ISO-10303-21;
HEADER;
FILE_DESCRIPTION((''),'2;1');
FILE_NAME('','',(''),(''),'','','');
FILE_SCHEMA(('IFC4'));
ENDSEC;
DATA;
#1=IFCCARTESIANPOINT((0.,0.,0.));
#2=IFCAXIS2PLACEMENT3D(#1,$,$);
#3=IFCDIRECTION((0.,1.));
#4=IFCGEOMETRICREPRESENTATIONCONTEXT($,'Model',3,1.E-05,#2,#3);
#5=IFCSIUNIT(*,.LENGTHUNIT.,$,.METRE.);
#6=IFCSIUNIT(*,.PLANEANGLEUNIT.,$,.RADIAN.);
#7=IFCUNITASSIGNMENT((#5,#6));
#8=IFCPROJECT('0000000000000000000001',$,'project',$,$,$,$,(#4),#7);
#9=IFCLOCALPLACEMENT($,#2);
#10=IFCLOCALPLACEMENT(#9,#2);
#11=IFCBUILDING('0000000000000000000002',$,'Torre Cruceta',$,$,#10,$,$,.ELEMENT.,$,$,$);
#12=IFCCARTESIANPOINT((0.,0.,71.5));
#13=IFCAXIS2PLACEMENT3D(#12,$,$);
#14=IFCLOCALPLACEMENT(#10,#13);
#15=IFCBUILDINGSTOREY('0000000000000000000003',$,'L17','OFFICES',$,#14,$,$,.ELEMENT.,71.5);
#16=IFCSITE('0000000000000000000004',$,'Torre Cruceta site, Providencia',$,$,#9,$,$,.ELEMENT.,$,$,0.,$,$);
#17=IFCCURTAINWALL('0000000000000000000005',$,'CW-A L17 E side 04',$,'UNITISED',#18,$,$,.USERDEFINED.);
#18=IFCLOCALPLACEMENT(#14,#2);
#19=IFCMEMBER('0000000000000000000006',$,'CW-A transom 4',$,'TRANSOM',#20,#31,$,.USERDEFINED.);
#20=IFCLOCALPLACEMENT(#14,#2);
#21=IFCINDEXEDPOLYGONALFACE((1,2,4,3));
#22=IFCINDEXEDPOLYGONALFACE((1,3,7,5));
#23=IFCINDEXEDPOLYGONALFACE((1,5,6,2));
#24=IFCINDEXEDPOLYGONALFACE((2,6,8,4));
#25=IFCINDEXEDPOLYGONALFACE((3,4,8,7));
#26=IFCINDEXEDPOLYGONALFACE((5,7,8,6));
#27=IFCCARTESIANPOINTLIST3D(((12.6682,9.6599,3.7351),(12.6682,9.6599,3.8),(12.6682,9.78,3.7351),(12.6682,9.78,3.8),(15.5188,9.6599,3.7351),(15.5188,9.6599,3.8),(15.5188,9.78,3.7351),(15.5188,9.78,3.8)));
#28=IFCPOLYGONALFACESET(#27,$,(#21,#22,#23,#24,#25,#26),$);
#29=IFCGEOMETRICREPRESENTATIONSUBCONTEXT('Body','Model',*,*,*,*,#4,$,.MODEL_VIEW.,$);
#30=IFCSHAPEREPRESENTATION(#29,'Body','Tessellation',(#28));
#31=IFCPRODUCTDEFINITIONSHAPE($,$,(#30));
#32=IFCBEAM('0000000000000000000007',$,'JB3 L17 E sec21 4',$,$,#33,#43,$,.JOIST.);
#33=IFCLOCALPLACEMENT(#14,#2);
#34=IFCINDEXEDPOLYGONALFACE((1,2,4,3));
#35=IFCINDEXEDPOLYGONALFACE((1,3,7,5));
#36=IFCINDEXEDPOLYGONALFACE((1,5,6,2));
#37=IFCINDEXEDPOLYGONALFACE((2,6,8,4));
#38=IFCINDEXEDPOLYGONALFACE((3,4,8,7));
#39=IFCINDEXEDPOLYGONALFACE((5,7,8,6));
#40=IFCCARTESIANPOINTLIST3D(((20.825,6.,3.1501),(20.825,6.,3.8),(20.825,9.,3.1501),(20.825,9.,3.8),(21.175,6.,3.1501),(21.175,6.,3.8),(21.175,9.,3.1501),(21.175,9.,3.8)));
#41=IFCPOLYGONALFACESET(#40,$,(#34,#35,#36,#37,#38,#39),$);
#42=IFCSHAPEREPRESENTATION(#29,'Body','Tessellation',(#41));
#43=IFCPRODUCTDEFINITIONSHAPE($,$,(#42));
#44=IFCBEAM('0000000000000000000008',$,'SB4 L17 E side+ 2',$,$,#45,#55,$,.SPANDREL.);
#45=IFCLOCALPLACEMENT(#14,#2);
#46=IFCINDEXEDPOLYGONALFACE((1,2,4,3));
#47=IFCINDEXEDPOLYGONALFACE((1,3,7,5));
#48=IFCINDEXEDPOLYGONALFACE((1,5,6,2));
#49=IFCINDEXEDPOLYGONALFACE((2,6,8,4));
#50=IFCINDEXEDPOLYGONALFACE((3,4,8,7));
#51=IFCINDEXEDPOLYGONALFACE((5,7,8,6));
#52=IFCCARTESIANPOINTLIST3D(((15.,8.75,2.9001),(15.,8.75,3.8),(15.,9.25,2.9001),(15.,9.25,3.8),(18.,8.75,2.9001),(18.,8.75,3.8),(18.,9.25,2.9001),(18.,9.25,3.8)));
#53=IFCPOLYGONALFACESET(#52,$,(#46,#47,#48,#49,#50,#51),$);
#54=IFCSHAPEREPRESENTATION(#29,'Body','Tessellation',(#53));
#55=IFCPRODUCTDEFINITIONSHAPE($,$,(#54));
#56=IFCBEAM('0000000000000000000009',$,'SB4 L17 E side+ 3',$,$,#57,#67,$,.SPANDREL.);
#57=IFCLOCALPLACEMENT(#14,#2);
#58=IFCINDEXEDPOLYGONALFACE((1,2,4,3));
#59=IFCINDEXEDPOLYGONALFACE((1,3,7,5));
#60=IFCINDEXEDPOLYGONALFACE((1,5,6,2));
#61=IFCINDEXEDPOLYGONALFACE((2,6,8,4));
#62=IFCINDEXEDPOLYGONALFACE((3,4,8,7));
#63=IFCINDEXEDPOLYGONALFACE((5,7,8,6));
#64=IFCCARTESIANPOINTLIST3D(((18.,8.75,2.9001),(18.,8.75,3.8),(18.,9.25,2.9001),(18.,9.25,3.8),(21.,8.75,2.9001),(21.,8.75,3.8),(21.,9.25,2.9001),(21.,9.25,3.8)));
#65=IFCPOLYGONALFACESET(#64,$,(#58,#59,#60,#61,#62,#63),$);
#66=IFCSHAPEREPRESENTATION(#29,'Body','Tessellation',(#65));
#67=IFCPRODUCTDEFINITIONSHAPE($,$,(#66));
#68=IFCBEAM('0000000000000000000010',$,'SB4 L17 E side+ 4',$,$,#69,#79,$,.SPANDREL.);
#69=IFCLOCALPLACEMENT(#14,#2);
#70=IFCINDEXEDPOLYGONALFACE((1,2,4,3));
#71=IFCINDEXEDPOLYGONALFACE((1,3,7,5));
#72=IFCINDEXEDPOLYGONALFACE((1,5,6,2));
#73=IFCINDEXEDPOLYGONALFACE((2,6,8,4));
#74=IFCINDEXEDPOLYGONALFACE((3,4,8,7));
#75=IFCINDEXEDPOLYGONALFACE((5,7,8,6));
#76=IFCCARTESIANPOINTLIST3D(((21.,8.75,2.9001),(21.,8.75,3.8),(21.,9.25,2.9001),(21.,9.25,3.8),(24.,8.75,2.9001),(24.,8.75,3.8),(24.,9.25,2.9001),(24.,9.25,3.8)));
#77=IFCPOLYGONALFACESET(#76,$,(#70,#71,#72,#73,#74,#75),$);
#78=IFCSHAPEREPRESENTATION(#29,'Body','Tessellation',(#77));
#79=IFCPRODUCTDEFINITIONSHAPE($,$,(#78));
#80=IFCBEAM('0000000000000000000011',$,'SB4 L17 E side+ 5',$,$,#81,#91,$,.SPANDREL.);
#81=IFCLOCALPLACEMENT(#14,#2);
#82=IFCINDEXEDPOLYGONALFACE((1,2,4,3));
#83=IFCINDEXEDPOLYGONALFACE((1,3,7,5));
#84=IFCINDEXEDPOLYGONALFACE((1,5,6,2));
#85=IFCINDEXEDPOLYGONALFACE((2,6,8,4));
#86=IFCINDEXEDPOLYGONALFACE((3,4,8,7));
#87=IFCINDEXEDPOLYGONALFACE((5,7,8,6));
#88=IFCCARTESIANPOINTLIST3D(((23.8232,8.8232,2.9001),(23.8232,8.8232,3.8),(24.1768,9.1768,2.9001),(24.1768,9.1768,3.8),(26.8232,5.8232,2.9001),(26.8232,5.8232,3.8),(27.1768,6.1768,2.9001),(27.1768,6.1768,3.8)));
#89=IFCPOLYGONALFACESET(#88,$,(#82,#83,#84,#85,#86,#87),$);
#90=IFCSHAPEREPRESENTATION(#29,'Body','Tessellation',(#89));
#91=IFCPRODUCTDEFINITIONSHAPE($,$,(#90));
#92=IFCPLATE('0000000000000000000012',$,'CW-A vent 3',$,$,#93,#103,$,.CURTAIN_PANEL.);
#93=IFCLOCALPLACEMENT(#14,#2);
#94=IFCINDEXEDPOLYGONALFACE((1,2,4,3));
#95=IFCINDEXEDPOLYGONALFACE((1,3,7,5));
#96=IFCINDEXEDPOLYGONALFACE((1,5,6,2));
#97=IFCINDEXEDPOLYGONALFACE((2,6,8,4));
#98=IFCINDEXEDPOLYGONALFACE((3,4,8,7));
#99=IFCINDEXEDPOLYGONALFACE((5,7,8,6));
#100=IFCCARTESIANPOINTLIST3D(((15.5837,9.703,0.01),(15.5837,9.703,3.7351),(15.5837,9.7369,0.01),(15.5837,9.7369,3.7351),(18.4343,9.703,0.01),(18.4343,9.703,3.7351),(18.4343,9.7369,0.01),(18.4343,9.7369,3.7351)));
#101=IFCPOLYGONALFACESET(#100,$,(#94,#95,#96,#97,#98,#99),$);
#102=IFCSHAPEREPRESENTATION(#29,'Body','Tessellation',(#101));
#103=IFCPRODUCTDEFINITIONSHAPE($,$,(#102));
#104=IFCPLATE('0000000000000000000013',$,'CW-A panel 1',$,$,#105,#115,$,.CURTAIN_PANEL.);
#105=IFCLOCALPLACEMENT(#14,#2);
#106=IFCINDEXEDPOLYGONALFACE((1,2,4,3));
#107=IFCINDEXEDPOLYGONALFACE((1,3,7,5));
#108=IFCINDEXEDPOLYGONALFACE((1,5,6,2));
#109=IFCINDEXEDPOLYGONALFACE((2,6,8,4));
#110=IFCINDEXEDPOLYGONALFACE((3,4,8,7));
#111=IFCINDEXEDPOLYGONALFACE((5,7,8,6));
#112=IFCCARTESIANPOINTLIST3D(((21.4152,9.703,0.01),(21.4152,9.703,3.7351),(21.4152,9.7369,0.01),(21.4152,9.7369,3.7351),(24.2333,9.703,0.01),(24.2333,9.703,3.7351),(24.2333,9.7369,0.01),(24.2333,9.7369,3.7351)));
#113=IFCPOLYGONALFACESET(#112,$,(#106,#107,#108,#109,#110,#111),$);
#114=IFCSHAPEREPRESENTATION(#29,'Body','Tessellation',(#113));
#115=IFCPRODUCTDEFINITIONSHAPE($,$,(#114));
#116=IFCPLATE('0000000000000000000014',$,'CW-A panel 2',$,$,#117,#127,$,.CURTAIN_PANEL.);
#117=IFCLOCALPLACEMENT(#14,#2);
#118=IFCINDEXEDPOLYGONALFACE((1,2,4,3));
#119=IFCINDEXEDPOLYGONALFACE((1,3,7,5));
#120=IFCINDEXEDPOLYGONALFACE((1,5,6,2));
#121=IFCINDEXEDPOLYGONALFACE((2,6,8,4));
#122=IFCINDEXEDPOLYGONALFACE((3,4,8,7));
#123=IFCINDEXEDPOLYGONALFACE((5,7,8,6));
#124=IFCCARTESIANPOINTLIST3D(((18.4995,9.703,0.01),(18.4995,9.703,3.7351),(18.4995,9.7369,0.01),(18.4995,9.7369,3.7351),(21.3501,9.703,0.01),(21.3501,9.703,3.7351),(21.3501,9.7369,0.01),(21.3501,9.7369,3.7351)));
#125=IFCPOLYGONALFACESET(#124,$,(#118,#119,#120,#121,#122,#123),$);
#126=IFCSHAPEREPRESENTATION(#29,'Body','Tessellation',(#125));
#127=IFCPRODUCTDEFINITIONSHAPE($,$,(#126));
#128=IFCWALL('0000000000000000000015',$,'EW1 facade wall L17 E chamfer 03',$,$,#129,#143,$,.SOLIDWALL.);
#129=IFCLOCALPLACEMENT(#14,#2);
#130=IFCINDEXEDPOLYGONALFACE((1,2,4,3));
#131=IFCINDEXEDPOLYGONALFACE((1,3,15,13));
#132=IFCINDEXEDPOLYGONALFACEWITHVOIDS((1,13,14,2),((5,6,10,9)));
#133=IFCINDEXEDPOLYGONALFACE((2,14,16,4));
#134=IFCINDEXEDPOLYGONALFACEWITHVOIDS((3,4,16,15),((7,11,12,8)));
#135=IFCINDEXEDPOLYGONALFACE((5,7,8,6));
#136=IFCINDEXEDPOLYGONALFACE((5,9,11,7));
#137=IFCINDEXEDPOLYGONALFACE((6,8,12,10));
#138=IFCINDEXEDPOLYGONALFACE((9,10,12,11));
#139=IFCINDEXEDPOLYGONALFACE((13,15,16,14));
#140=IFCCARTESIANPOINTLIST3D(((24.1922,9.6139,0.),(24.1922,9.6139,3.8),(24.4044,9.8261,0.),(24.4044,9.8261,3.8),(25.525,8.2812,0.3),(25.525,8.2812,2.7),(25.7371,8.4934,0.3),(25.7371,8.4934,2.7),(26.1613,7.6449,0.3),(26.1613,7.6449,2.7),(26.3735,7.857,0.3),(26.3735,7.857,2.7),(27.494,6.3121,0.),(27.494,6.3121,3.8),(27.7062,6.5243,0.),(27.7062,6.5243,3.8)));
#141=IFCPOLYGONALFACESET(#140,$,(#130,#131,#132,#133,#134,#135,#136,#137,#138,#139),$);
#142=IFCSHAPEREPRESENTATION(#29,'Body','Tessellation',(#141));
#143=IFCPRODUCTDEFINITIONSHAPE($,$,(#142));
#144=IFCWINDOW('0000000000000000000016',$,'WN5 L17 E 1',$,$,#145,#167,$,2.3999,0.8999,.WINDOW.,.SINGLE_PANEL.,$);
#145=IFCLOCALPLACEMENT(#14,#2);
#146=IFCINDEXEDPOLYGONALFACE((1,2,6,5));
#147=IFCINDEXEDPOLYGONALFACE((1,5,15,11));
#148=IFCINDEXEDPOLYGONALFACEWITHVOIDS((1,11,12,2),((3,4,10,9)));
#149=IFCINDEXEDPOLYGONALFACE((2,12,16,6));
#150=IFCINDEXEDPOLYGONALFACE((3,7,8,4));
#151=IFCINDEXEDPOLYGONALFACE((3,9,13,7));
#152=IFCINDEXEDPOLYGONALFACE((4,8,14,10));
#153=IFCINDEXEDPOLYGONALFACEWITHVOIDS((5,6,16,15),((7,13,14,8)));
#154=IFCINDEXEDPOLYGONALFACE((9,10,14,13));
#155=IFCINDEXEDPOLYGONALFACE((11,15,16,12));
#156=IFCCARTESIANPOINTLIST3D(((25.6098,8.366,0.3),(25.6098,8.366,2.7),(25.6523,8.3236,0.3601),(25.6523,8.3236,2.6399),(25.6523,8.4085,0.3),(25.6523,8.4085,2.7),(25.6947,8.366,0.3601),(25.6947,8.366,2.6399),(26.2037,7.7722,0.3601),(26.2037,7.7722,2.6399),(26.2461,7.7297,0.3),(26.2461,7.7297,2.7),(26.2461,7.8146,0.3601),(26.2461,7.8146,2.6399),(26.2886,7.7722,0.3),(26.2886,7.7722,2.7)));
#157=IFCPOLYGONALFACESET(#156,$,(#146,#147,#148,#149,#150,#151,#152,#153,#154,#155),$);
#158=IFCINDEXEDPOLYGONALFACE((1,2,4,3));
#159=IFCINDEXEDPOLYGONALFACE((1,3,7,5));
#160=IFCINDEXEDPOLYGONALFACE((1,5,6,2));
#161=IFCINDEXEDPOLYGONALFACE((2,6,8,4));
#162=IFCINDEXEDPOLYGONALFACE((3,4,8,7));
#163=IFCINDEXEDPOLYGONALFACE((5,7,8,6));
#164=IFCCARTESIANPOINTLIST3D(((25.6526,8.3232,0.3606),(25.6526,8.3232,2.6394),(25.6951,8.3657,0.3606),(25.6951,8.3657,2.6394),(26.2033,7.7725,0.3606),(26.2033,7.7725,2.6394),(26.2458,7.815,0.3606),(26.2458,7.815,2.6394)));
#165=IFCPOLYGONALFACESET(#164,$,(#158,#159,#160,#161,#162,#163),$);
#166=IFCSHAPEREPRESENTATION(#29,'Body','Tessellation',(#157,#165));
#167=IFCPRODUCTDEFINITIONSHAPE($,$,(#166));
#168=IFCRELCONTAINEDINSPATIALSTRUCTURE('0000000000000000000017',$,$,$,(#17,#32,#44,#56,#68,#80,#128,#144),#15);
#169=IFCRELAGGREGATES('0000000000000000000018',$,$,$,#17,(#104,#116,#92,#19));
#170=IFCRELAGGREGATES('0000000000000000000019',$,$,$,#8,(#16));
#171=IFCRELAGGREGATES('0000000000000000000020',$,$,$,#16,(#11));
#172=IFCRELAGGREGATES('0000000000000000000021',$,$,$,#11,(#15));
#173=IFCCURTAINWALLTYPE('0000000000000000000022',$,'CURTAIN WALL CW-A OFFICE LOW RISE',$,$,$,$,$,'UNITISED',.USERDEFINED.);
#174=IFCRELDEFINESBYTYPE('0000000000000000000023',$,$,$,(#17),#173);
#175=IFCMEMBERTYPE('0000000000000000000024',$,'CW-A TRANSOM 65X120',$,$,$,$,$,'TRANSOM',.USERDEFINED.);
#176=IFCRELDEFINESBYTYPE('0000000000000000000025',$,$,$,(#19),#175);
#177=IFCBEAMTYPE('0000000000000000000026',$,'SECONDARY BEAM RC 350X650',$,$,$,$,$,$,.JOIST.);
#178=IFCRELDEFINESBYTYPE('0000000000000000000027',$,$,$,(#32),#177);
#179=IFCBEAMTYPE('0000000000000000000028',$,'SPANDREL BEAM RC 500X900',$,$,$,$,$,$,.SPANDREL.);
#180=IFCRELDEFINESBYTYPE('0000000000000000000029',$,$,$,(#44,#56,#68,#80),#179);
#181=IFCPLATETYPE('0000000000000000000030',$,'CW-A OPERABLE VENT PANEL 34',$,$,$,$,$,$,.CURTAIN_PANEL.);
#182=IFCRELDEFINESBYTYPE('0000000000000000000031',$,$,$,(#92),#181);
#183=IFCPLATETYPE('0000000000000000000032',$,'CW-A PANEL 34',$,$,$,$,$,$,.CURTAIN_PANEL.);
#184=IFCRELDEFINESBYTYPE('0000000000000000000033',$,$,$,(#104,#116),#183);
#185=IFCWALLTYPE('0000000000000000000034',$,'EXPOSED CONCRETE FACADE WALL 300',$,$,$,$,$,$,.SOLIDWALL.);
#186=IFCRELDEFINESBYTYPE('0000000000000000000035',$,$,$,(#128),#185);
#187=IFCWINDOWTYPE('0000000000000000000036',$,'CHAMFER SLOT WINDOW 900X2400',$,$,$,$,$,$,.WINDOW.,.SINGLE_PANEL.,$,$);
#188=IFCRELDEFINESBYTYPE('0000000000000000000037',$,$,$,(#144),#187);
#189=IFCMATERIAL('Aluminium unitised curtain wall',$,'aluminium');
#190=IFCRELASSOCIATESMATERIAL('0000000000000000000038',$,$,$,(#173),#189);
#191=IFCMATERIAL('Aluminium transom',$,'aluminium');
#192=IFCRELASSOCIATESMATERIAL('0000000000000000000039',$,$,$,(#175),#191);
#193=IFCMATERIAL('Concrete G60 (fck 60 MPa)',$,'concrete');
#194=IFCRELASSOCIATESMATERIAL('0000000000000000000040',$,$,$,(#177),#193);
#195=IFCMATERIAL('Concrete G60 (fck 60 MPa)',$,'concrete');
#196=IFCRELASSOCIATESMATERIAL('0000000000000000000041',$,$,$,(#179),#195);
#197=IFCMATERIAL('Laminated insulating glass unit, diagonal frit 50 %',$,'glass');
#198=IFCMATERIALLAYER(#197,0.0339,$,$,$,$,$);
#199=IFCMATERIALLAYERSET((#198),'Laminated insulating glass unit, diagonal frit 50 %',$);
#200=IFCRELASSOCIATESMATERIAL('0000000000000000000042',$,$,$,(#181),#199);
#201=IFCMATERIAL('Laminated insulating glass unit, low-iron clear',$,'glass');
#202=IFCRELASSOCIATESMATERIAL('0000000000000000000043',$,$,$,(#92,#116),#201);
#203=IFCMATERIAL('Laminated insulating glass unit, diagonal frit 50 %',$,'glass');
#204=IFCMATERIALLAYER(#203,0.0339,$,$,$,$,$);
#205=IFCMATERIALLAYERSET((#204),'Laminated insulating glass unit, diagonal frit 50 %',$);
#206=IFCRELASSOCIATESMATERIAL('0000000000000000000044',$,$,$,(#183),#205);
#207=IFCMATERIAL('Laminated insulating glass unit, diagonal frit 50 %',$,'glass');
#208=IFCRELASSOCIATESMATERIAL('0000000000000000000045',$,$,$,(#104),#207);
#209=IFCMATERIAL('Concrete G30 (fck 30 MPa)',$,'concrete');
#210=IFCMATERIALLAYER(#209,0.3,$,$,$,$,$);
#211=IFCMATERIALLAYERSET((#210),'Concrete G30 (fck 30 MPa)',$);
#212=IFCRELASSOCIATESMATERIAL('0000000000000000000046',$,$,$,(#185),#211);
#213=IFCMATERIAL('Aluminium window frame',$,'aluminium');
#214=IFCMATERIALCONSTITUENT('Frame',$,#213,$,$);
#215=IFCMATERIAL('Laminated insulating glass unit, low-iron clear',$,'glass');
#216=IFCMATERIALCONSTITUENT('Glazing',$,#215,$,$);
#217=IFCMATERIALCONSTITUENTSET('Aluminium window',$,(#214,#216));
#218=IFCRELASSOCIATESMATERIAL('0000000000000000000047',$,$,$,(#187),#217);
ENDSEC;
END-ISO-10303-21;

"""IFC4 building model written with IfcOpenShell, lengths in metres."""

from ifc_helpers import new_model, si_unit, direction, frame, frame_2d, origin, origin_2d, place, context, subcontext, project, spatial, rectangle, hollow_rectangle, extrude, material, layer, layer_set, constituent, constituent_set, material_profile, profile_set, type_object, element, fill, aggregate, save


model = new_model("IFC4")

# Units and contexts
model_context = context("Model", 3, precision=1e-05, world=origin(), true_north=direction((0.0, 1.0)))
body_context = subcontext(model_context, "Body", "Model", "MODEL_VIEW")
ifc_project = project(units=[si_unit("LENGTHUNIT", "METRE"), si_unit("PLANEANGLEUNIT", "RADIAN")], contexts=[model_context])

# Site, building, storey
site_placement = place(None, origin())
site = spatial("IfcSite", under=ifc_project, at=site_placement, Name="Torre Cruceta site, Providencia", CompositionType="ELEMENT", RefElevation=0.0)
building_placement = place(site_placement, origin())
building = spatial("IfcBuilding", under=site, at=building_placement, Name="Torre Cruceta", CompositionType="ELEMENT")
storey_placement = place(building_placement, frame((0.0, 0.0, 71.5)))
storey = spatial("IfcBuildingStorey", under=building, at=storey_placement, Name="L17", Description="OFFICES", CompositionType="ELEMENT", Elevation=71.5)

# Curtain wall, member
ifc_material_1 = material(Name="Aluminium unitised curtain wall", Category="aluminium")
curtain_wall_type = type_object("IfcCurtainWallType", Name="CURTAIN WALL CW-A OFFICE LOW RISE", ElementType="UNITISED", PredefinedType="USERDEFINED", material=ifc_material_1)
curtain_wall_placement = place(storey_placement, origin())
curtain_wall = element("IfcCurtainWall", 1, at=curtain_wall_placement, inside=storey, type_object=curtain_wall_type, Name="CW-A L17 E side 04", ObjectType="UNITISED", PredefinedType="USERDEFINED")
ifc_material_2 = material(Name="Aluminium transom", Category="aluminium")
ifc_material_profile_1 = material_profile(ifc_material_2, rectangle(XDim=0.1201, YDim=0.0649, at=origin_2d()), Name="AL 120X65")
ifc_profile_set_1 = profile_set([ifc_material_profile_1], Name="Aluminium transom")
member_type_1 = type_object("IfcMemberType", Name="CW-A TRANSOM 65X120", ElementType="TRANSOM", PredefinedType="USERDEFINED", material=ifc_profile_set_1)
member_1_placement = place(storey_placement, frame((15.5188, 9.72, 3.7676), z_axis=(-1.0, 0.0, 0.0), x_axis=(0.0, -1.0, 0.0)))
member_1 = element("IfcMember", 2, at=member_1_placement, type_object=member_type_1, Name="CW-A transom 4", ObjectType="TRANSOM", PredefinedType="USERDEFINED", context=body_context, shape_type="SweptSolid", body=[
    extrude(rectangle(XDim=0.1201, YDim=0.0649, at=origin_2d()), origin(), (0.0, 0.0, 1.0), 2.8506),
])

# Beams
ifc_material_3 = material(Name="Concrete G60 (fck 60 MPa)", Category="concrete")
ifc_material_profile_2 = material_profile(ifc_material_3, rectangle(XDim=0.3501, YDim=0.6499, at=origin_2d()), Name="RC 350X650")
ifc_profile_set_2 = profile_set([ifc_material_profile_2], Name="Concrete G60 (fck 60 MPa)")
beam_type_1 = type_object("IfcBeamType", Name="SECONDARY BEAM RC 350X650", PredefinedType="JOIST", material=ifc_profile_set_2)
beam_1_placement = place(storey_placement, frame((21.0, 6.0, 3.4751), z_axis=(0.0, 1.0, 0.0), x_axis=(-1.0, 0.0, 0.0)))
element("IfcBeam", 3, at=beam_1_placement, inside=storey, type_object=beam_type_1, Name="JB3 L17 E sec21 4", PredefinedType="JOIST", context=body_context, shape_type="SweptSolid", body=[
    extrude(rectangle(XDim=0.3501, YDim=0.6499, at=origin_2d()), origin(), (0.0, 0.0, 1.0), 3.0),
])
ifc_material_4 = material(Name="Concrete G60 (fck 60 MPa)", Category="concrete")
ifc_material_profile_3 = material_profile(ifc_material_4, rectangle(XDim=0.5, YDim=0.8999, at=origin_2d()), Name="RC 500X900")
ifc_profile_set_3 = profile_set([ifc_material_profile_3], Name="Concrete G60 (fck 60 MPa)")
beam_type_2 = type_object("IfcBeamType", Name="SPANDREL BEAM RC 500X900", PredefinedType="SPANDREL", material=ifc_profile_set_3)
for number, where, z_axis, x_axis, name in (
    (4, (15.0, 9.0, 3.3501), (1.0, 0.0, 0.0), (0.0, 1.0, 0.0), "SB4 L17 E side+ 2"),
    (5, (18.0, 9.0, 3.3501), (1.0, 0.0, 0.0), (0.0, 1.0, 0.0), "SB4 L17 E side+ 3"),
    (6, (21.0, 9.0, 3.3501), (1.0, 0.0, 0.0), (0.0, 1.0, 0.0), "SB4 L17 E side+ 4"),
):
    element("IfcBeam", number, at=place(storey_placement, frame(where, z_axis=z_axis, x_axis=x_axis)), inside=storey, type_object=beam_type_2, Name=name, PredefinedType="SPANDREL", context=body_context, shape_type="SweptSolid", body=[
        extrude(rectangle(XDim=0.5, YDim=0.8999, at=origin_2d()), origin(), (0.0, 0.0, 1.0), 3.0),
    ])
beam_2_placement = place(storey_placement, frame((24.0, 9.0, 3.3501), z_axis=(0.707107, -0.707107, 0.0), x_axis=(0.707107, 0.707107, 0.0)))
element("IfcBeam", 7, at=beam_2_placement, inside=storey, type_object=beam_type_2, Name="SB4 L17 E side+ 5", PredefinedType="SPANDREL", context=body_context, shape_type="SweptSolid", body=[
    extrude(rectangle(XDim=0.5, YDim=0.8999, at=origin_2d()), origin(), (0.0, 0.0, 1.0), 4.2427),
])

# Plates
ifc_material_5 = material(Name="Laminated insulating glass unit, low-iron clear", Category="glass")
ifc_material_6 = material(Name="Laminated insulating glass unit, diagonal frit 50 %", Category="glass")
ifc_layer_1 = layer(ifc_material_6, 0.0339)
ifc_layer_set_1 = layer_set([ifc_layer_1], Name="Laminated insulating glass unit, diagonal frit 50 %")
plate_type_1 = type_object("IfcPlateType", Name="CW-A OPERABLE VENT PANEL 34", PredefinedType="CURTAIN_PANEL", material=ifc_layer_set_1)
plate_1_placement = place(storey_placement, frame((17.009, 9.72, 0.01), z_axis=(0.0, 0.0, 1.0), x_axis=(-1.0, 0.0, 0.0)))
plate_1 = element("IfcPlate", 8, at=plate_1_placement, type_object=plate_type_1, material=ifc_material_5, Name="CW-A vent 3", PredefinedType="CURTAIN_PANEL", context=body_context, shape_type="SweptSolid", body=[
    extrude(rectangle(XDim=2.8506, YDim=0.0339, at=origin_2d()), origin(), (0.0, 0.0, 1.0), 3.7251),
])
ifc_material_7 = material(Name="Laminated insulating glass unit, diagonal frit 50 %", Category="glass")
ifc_material_8 = material(Name="Laminated insulating glass unit, diagonal frit 50 %", Category="glass")
ifc_layer_2 = layer(ifc_material_8, 0.0339)
ifc_layer_set_2 = layer_set([ifc_layer_2], Name="Laminated insulating glass unit, diagonal frit 50 %")
plate_type_2 = type_object("IfcPlateType", Name="CW-A PANEL 34", PredefinedType="CURTAIN_PANEL", material=ifc_layer_set_2)
plate_2_placement = place(storey_placement, frame((22.8242, 9.72, 0.01), z_axis=(0.0, 0.0, 1.0), x_axis=(-1.0, 0.0, 0.0)))
plate_2 = element("IfcPlate", 9, at=plate_2_placement, type_object=plate_type_2, material=ifc_material_7, Name="CW-A panel 1", PredefinedType="CURTAIN_PANEL", context=body_context, shape_type="SweptSolid", body=[
    extrude(rectangle(XDim=2.8181, YDim=0.0339, at=origin_2d()), origin(), (0.0, 0.0, 1.0), 3.7251),
])
plate_3_placement = place(storey_placement, frame((19.9248, 9.72, 0.01), z_axis=(0.0, 0.0, 1.0), x_axis=(-1.0, 0.0, 0.0)))
plate_3 = element("IfcPlate", 10, at=plate_3_placement, type_object=plate_type_2, material=ifc_material_5, Name="CW-A panel 2", PredefinedType="CURTAIN_PANEL", context=body_context, shape_type="SweptSolid", body=[
    extrude(rectangle(XDim=2.8506, YDim=0.0339, at=origin_2d()), origin(), (0.0, 0.0, 1.0), 3.7251),
])
aggregate(curtain_wall, [plate_2, plate_3, plate_1, member_1])

# Wall, opening, window
ifc_material_9 = material(Name="Concrete G30 (fck 30 MPa)", Category="concrete")
ifc_layer_3 = layer(ifc_material_9, 0.3)
ifc_layer_set_3 = layer_set([ifc_layer_3], Name="Concrete G30 (fck 30 MPa)")
wall_type_1 = type_object("IfcWallType", Name="EXPOSED CONCRETE FACADE WALL 300", PredefinedType="SOLIDWALL", material=ifc_layer_set_3)
wall_1_placement = place(storey_placement, frame((27.6001, 6.4182, 0.0), z_axis=(0.0, 0.0, 1.0), x_axis=(-0.707107, 0.707107, 0.0)))
wall_1 = element("IfcWall", 11, at=wall_1_placement, inside=storey, type_object=wall_type_1, Name="EW1 facade wall L17 E chamfer 03", PredefinedType="SOLIDWALL", context=body_context, shape_type="SweptSolid", body=[
    extrude(rectangle(XDim=4.6694, YDim=0.3, at=frame_2d((2.3347, 0.0))), origin(), (0.0, 0.0, 1.0), 3.8),
])
opening_1_placement = place(wall_1_placement, frame((1.8848, 0.0, 0.3)))
opening_1 = element("IfcOpeningElement", 12, at=opening_1_placement, cuts=wall_1, PredefinedType="OPENING", context=body_context, shape_type="SweptSolid", body=[
    extrude(rectangle(XDim=0.8999, YDim=2.3999, at=frame_2d((0.45, 1.2))), frame((0.0, 0.1599, 0.0), z_axis=(0.0, -1.0, 0.0), x_axis=(1.0, 0.0, 0.0)), (0.0, 0.0, 1.0), 0.3201),
])
ifc_material_10 = material(Name="Aluminium window frame", Category="aluminium")
ifc_constituent_1 = constituent(ifc_material_10, Name="Frame")
ifc_material_11 = material(Name="Laminated insulating glass unit, low-iron clear", Category="glass")
ifc_constituent_2 = constituent(ifc_material_11, Name="Glazing")
ifc_constituent_set_1 = constituent_set(constituents=[ifc_constituent_1, ifc_constituent_2], Name="Aluminium window")
window_type = type_object("IfcWindowType", Name="CHAMFER SLOT WINDOW 900X2400", PartitioningType="SINGLE_PANEL", PredefinedType="WINDOW", material=ifc_constituent_set_1)
window_placement = place(opening_1_placement, origin())
window = element("IfcWindow", 13, at=window_placement, inside=storey, type_object=window_type, Name="WN5 L17 E 1", OverallHeight=2.3999, OverallWidth=0.8999, PartitioningType="SINGLE_PANEL", PredefinedType="WINDOW", context=body_context, shape_type="SweptSolid", body=[
    extrude(hollow_rectangle(XDim=0.8999, YDim=2.3999, WallThickness=0.0601, at=frame_2d((0.45, 1.2))), frame((0.0, 0.03, 0.0), z_axis=(0.0, -1.0, 0.0), x_axis=(1.0, 0.0, 0.0)), (0.0, 0.0, 1.0), 0.0601),
    extrude(rectangle(XDim=0.7788, YDim=2.2788, at=frame_2d((0.45, 1.2))), frame((0.0, 0.03, 0.0), z_axis=(0.0, -1.0, 0.0), x_axis=(1.0, 0.0, 0.0)), (0.0, 0.0, 1.0), 0.0601),
])
fill(opening_1, window)

save(model, "model.ifc")
